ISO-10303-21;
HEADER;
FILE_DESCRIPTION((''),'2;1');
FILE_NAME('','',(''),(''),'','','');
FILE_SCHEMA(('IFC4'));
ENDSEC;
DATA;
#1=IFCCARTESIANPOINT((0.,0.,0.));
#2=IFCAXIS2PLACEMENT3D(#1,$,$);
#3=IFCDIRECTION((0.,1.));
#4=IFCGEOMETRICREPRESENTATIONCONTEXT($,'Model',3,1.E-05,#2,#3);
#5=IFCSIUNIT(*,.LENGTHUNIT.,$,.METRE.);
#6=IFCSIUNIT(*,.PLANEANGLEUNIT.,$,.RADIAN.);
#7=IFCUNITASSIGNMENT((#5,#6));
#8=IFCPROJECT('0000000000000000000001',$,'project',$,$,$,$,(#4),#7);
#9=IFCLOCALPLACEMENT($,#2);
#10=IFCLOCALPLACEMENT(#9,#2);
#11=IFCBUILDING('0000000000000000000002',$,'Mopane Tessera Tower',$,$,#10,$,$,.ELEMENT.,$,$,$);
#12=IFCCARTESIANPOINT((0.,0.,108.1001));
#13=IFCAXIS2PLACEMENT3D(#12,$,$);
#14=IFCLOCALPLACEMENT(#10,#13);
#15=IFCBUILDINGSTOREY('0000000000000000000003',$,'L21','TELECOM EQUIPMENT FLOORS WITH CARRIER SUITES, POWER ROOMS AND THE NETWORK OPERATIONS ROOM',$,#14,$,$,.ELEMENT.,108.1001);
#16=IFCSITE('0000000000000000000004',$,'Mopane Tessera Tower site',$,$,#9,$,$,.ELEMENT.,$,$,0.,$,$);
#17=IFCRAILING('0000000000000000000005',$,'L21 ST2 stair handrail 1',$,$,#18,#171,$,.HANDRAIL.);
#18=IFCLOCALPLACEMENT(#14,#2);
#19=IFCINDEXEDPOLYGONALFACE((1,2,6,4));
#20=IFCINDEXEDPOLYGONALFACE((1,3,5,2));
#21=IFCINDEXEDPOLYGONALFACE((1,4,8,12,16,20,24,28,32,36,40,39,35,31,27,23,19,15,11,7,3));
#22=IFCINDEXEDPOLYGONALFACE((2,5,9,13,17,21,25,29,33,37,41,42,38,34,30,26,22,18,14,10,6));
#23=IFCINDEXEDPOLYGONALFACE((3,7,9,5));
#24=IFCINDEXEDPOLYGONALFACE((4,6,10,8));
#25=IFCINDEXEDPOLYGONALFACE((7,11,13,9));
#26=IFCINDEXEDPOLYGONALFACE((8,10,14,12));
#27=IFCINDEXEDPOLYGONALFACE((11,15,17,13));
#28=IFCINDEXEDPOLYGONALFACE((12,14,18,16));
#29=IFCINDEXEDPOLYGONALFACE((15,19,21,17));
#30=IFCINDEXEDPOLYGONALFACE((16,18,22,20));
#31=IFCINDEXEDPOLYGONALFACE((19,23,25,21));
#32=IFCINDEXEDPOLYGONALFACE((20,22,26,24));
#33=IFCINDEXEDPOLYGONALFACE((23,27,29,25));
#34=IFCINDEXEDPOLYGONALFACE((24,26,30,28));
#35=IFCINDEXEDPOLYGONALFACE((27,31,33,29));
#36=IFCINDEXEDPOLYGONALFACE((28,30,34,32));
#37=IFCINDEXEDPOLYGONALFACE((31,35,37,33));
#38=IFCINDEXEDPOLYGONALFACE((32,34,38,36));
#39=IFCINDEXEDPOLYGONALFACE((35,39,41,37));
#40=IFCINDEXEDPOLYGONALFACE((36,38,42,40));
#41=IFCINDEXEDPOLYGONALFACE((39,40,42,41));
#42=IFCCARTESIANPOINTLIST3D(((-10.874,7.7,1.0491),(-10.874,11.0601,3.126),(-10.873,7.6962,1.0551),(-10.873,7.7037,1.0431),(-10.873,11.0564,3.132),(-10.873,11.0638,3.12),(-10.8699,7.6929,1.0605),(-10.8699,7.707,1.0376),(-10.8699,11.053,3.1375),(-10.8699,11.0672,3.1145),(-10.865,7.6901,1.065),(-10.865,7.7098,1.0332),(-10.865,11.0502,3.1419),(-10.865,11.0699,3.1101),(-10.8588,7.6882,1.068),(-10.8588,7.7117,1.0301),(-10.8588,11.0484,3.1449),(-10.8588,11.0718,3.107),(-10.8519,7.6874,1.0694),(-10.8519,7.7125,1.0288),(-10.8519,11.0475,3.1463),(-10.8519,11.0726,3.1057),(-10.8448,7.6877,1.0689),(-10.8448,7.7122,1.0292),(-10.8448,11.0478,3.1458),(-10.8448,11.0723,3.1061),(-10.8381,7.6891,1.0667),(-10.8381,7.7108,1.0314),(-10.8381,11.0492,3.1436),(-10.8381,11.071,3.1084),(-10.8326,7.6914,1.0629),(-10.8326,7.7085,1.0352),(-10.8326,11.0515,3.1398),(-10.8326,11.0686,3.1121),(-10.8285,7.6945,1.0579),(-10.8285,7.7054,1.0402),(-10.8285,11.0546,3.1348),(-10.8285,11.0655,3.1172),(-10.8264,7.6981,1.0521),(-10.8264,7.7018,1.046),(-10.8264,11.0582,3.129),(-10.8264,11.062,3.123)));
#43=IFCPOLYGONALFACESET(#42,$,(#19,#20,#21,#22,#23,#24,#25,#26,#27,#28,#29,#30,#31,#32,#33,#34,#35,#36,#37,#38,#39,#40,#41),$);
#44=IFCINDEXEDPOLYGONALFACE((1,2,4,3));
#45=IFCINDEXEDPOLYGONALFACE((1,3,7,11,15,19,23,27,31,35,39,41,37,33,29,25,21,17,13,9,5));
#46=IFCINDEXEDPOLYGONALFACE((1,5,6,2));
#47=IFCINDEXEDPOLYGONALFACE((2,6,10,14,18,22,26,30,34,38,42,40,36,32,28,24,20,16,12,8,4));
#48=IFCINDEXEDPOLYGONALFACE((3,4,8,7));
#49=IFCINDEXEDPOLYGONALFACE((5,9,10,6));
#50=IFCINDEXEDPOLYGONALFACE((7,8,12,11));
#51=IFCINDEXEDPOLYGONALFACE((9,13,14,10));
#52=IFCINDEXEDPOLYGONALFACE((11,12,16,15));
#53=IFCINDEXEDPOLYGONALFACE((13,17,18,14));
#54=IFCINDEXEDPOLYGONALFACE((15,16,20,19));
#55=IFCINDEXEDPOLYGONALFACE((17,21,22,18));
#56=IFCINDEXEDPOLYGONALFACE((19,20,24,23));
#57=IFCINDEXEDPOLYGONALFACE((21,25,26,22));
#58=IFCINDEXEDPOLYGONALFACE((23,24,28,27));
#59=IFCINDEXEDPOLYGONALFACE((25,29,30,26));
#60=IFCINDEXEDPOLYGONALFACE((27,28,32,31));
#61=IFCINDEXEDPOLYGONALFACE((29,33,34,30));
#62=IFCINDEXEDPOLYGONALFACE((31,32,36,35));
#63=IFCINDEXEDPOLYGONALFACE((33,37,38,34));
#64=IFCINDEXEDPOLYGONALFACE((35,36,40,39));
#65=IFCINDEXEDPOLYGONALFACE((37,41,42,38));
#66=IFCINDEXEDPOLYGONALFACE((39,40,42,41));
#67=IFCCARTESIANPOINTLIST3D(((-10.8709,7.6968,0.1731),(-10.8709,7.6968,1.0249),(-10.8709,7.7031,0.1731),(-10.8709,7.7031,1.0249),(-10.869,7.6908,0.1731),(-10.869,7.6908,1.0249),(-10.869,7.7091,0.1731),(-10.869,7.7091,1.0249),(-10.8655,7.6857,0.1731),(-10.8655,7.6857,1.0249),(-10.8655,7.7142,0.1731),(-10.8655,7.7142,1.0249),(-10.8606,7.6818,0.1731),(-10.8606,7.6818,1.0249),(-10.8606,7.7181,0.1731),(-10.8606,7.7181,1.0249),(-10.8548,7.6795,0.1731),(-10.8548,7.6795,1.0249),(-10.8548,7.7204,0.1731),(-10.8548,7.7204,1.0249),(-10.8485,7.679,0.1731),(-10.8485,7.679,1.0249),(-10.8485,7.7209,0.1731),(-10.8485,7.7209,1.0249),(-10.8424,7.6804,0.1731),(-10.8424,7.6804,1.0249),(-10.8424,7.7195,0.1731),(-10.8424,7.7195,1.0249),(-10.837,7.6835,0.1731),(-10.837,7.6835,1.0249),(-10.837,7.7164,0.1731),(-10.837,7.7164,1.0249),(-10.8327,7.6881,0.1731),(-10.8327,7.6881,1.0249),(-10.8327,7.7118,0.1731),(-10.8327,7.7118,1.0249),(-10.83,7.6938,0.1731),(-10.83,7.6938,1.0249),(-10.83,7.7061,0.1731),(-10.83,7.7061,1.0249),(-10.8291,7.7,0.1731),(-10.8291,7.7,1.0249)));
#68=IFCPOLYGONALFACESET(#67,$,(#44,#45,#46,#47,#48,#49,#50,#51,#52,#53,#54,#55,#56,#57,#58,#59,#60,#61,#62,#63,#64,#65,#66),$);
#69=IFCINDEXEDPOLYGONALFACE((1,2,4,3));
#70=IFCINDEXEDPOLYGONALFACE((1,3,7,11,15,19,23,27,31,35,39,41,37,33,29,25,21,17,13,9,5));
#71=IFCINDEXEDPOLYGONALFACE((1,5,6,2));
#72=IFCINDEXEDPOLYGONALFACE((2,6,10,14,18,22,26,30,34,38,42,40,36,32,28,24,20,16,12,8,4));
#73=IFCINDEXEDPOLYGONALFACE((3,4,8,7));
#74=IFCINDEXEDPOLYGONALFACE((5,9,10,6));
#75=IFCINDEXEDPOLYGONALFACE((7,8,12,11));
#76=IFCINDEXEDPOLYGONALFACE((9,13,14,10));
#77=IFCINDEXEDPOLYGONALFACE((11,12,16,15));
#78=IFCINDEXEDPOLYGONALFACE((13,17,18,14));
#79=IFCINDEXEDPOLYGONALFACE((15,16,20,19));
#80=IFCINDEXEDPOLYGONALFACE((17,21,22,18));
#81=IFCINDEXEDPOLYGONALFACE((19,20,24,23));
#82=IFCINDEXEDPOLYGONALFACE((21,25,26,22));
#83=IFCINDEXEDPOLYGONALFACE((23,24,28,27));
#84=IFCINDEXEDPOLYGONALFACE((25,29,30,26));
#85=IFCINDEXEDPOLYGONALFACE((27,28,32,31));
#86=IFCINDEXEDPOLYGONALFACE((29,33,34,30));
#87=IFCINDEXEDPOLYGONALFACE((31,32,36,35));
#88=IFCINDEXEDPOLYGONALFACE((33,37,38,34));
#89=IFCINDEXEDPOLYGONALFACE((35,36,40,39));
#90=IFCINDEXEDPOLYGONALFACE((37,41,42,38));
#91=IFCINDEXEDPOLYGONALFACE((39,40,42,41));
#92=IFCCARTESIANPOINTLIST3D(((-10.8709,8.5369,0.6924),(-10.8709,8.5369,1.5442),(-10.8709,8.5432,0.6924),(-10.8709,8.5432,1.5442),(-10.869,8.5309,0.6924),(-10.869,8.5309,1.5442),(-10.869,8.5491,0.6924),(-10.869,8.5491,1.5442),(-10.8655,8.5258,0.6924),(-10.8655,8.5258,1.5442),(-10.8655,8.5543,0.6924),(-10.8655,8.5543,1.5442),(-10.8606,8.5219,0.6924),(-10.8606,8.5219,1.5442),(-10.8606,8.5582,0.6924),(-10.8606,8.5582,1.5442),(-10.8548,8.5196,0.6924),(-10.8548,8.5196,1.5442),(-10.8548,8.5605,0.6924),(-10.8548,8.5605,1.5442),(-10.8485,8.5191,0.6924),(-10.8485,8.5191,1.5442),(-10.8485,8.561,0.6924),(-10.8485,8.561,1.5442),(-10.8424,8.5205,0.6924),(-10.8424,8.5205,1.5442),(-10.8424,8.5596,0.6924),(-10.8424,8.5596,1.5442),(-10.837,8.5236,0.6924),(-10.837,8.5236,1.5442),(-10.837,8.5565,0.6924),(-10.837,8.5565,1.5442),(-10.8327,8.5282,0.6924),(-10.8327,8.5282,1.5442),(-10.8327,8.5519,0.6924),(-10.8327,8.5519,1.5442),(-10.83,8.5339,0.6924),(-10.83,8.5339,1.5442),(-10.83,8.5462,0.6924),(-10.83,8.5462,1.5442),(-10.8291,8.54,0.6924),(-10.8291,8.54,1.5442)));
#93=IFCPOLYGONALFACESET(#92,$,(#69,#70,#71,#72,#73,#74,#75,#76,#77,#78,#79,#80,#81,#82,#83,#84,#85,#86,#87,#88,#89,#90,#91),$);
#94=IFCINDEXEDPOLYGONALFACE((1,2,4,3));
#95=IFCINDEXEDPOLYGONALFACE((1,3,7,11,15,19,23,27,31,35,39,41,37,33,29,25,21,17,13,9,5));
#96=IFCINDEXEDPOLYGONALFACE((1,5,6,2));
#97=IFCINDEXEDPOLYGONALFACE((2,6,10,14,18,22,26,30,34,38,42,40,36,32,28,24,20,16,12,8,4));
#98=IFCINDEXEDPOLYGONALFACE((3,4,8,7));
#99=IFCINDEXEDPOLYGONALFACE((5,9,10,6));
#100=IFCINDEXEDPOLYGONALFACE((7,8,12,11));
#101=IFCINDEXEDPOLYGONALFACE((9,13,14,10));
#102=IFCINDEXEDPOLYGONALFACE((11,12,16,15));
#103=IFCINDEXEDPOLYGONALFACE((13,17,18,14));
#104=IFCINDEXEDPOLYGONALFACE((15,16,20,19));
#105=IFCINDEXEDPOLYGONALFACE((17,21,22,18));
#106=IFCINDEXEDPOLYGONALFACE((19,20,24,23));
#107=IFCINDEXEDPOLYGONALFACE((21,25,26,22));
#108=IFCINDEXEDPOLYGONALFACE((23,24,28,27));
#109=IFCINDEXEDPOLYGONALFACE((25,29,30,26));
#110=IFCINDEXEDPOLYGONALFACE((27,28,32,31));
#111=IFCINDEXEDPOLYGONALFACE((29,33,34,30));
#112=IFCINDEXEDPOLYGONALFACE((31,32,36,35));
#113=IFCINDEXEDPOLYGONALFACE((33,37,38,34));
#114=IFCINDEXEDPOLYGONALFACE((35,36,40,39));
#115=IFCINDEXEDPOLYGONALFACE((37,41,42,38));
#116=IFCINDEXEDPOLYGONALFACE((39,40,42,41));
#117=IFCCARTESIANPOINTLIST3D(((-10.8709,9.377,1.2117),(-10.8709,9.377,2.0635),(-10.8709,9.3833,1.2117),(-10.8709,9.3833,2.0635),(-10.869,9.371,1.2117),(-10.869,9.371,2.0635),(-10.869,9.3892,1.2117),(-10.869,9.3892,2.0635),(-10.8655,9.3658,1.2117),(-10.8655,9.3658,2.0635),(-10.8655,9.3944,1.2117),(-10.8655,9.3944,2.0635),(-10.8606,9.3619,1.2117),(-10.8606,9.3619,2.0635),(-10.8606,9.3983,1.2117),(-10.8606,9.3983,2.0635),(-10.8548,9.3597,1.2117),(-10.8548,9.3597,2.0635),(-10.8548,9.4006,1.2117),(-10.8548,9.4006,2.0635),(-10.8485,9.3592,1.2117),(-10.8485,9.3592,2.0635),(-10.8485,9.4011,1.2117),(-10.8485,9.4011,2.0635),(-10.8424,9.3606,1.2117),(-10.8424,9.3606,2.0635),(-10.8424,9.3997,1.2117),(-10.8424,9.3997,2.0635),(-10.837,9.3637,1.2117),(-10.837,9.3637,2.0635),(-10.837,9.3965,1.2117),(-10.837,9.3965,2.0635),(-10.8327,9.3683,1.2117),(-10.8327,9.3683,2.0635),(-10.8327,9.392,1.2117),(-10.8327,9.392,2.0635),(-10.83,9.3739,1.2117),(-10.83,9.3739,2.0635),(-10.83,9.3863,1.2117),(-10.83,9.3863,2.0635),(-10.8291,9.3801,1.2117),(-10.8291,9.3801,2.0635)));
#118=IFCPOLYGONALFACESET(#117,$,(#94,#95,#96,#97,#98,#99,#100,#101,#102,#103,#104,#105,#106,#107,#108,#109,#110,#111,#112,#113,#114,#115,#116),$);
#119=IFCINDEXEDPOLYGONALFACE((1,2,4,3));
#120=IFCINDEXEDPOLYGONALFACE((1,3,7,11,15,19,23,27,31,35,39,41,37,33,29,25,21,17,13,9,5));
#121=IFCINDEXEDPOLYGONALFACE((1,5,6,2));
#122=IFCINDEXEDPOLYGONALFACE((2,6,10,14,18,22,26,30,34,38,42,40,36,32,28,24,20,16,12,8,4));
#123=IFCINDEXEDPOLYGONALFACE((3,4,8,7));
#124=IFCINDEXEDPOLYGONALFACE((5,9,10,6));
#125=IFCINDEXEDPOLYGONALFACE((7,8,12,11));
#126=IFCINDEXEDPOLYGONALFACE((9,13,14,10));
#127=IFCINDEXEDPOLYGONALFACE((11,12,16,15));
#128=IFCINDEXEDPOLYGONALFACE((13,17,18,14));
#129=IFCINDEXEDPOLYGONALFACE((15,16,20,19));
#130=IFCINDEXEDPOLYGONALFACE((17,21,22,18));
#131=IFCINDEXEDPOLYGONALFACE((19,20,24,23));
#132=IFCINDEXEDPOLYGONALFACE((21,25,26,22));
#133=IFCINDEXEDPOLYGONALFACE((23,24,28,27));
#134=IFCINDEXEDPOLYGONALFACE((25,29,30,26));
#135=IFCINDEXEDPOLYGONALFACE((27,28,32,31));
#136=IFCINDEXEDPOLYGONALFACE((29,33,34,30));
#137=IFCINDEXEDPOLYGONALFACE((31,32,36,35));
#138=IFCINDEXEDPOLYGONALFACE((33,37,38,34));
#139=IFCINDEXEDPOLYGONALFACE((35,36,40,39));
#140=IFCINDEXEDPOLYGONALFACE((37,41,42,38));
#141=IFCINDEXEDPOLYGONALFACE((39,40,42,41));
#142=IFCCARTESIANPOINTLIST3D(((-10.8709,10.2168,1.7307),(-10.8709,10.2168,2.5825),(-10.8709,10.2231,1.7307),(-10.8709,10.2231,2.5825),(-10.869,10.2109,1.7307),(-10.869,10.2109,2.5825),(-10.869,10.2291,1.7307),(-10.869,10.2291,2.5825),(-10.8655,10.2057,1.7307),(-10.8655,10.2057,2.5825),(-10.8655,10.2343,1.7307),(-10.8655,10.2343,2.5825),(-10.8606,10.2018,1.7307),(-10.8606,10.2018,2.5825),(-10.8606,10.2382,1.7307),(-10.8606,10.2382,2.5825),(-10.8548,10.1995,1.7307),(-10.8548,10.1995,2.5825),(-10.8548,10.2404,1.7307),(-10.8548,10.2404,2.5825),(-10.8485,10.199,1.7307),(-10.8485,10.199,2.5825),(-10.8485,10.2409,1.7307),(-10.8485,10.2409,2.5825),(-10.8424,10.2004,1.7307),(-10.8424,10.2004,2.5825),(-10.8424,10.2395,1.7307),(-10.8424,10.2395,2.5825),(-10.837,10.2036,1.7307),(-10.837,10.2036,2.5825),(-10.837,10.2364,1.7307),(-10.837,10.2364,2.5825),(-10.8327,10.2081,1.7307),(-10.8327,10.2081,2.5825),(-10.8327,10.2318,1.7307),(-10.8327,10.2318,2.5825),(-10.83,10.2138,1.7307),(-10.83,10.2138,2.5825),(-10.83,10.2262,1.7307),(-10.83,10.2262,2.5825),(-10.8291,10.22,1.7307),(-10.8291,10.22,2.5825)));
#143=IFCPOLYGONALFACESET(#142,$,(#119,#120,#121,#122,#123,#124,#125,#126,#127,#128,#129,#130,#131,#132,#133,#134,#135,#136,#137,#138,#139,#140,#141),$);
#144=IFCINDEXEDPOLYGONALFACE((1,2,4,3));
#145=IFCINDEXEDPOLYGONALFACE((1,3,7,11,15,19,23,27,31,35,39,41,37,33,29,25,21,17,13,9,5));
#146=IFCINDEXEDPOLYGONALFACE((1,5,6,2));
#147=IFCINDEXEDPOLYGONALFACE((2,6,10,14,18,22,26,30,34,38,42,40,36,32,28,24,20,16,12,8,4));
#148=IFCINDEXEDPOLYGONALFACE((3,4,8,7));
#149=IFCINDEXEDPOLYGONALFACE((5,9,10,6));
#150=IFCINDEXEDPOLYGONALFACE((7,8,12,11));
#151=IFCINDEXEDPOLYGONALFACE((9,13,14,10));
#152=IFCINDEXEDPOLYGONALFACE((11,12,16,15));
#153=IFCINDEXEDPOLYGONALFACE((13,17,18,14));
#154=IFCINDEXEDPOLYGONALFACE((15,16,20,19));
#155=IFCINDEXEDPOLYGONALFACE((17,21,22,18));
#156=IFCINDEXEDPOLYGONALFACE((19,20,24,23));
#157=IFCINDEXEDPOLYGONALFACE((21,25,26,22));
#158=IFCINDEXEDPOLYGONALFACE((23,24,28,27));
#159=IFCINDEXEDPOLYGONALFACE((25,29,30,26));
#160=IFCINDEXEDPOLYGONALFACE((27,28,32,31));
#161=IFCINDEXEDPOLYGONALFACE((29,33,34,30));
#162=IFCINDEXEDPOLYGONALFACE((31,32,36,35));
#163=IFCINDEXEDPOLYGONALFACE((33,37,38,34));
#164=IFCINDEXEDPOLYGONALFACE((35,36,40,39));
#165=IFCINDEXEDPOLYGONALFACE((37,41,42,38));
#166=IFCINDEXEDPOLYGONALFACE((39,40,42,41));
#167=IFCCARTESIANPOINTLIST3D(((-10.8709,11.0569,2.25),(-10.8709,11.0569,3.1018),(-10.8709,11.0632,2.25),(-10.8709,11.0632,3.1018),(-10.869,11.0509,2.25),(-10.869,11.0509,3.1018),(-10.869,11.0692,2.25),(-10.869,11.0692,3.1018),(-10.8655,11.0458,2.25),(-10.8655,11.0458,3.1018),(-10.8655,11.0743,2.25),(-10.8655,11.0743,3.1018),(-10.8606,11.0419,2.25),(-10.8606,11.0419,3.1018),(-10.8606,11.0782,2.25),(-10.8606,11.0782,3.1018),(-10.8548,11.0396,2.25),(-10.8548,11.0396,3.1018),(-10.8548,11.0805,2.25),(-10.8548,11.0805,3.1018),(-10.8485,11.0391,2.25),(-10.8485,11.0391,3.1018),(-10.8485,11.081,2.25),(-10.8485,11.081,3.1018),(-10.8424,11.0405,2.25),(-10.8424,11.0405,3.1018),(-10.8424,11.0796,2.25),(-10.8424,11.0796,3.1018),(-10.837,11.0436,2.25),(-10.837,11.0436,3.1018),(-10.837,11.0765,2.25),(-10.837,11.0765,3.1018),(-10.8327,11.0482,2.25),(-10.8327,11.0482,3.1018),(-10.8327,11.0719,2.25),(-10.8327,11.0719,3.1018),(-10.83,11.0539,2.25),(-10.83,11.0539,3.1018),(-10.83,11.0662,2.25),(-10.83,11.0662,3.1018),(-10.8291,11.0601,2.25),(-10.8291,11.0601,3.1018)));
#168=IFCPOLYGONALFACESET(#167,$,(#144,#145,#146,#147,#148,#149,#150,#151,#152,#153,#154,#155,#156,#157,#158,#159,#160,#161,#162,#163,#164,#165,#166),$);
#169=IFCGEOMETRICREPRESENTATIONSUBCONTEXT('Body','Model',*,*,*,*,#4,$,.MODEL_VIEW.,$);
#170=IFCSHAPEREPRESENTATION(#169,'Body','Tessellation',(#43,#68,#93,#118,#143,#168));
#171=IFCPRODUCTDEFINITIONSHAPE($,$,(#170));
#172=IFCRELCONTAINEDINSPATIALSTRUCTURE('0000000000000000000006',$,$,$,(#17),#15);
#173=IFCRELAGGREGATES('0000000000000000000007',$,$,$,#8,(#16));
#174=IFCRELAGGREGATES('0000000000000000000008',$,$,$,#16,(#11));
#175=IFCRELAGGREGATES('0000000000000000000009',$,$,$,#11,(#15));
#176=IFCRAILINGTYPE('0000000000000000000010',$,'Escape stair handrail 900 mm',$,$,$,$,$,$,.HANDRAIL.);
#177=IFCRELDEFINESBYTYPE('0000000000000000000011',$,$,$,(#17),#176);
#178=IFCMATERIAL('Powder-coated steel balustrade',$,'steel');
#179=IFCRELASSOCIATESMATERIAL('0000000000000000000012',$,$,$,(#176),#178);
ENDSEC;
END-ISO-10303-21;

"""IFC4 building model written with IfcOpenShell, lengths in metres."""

from ifc_helpers import new_model, si_unit, direction, frame, origin, origin_2d, place, context, subcontext, project, spatial, circle, extrude, material, type_object, element, save


model = new_model("IFC4")

# Units and contexts
model_context = context("Model", 3, precision=1e-05, world=origin(), true_north=direction((0.0, 1.0)))
body_context = subcontext(model_context, "Body", "Model", "MODEL_VIEW")
ifc_project = project(units=[si_unit("LENGTHUNIT", "METRE"), si_unit("PLANEANGLEUNIT", "RADIAN")], contexts=[model_context])

# Site, building, storey
site_placement = place(None, origin())
site = spatial("IfcSite", under=ifc_project, at=site_placement, Name="Mopane Tessera Tower site", CompositionType="ELEMENT", RefElevation=0.0)
building_placement = place(site_placement, origin())
building = spatial("IfcBuilding", under=site, at=building_placement, Name="Mopane Tessera Tower", CompositionType="ELEMENT")
storey_placement = place(building_placement, frame((0.0, 0.0, 108.1001)))
storey = spatial("IfcBuildingStorey", under=building, at=storey_placement, Name="L21", Description="TELECOM EQUIPMENT FLOORS WITH CARRIER SUITES, POWER ROOMS AND THE NETWORK OPERATIONS ROOM", CompositionType="ELEMENT", Elevation=108.1001)

# Railing
ifc_material_1 = material(Name="Powder-coated steel balustrade", Category="steel")
railing_type_1 = type_object("IfcRailingType", Name="Escape stair handrail 900 mm", PredefinedType="HANDRAIL", material=ifc_material_1)
railing_1_placement = place(storey_placement, frame((-10.8501, 7.7, 0.1731)))
element("IfcRailing", 1, at=railing_1_placement, inside=storey, type_object=railing_type_1, Name="L21 ST2 stair handrail 1", PredefinedType="HANDRAIL", context=body_context, shape_type="SweptSolid", body=[
    extrude(circle(Radius=0.0239, at=origin_2d()), frame((0.0, 0.0, 0.876), z_axis=(0.0, 0.850623, 0.525776), x_axis=(-1.0, 0.0, 0.0)), (0.0, 0.0, 1.0), 3.9502),
    extrude(circle(Radius=0.021, at=origin_2d()), origin(), (0.0, 0.0, 1.0), 0.8518),
    extrude(circle(Radius=0.021, at=origin_2d()), frame((0.0, 0.8401, 0.5193)), (0.0, 0.0, 1.0), 0.8518),
    extrude(circle(Radius=0.021, at=origin_2d()), frame((0.0, 1.6802, 1.0386)), (0.0, 0.0, 1.0), 0.8518),
    extrude(circle(Radius=0.021, at=origin_2d()), frame((0.0, 2.52, 1.5576)), (0.0, 0.0, 1.0), 0.8518),
    extrude(circle(Radius=0.021, at=origin_2d()), frame((0.0, 3.3601, 2.0769)), (0.0, 0.0, 1.0), 0.8518),
])

save(model, "model.ifc")
